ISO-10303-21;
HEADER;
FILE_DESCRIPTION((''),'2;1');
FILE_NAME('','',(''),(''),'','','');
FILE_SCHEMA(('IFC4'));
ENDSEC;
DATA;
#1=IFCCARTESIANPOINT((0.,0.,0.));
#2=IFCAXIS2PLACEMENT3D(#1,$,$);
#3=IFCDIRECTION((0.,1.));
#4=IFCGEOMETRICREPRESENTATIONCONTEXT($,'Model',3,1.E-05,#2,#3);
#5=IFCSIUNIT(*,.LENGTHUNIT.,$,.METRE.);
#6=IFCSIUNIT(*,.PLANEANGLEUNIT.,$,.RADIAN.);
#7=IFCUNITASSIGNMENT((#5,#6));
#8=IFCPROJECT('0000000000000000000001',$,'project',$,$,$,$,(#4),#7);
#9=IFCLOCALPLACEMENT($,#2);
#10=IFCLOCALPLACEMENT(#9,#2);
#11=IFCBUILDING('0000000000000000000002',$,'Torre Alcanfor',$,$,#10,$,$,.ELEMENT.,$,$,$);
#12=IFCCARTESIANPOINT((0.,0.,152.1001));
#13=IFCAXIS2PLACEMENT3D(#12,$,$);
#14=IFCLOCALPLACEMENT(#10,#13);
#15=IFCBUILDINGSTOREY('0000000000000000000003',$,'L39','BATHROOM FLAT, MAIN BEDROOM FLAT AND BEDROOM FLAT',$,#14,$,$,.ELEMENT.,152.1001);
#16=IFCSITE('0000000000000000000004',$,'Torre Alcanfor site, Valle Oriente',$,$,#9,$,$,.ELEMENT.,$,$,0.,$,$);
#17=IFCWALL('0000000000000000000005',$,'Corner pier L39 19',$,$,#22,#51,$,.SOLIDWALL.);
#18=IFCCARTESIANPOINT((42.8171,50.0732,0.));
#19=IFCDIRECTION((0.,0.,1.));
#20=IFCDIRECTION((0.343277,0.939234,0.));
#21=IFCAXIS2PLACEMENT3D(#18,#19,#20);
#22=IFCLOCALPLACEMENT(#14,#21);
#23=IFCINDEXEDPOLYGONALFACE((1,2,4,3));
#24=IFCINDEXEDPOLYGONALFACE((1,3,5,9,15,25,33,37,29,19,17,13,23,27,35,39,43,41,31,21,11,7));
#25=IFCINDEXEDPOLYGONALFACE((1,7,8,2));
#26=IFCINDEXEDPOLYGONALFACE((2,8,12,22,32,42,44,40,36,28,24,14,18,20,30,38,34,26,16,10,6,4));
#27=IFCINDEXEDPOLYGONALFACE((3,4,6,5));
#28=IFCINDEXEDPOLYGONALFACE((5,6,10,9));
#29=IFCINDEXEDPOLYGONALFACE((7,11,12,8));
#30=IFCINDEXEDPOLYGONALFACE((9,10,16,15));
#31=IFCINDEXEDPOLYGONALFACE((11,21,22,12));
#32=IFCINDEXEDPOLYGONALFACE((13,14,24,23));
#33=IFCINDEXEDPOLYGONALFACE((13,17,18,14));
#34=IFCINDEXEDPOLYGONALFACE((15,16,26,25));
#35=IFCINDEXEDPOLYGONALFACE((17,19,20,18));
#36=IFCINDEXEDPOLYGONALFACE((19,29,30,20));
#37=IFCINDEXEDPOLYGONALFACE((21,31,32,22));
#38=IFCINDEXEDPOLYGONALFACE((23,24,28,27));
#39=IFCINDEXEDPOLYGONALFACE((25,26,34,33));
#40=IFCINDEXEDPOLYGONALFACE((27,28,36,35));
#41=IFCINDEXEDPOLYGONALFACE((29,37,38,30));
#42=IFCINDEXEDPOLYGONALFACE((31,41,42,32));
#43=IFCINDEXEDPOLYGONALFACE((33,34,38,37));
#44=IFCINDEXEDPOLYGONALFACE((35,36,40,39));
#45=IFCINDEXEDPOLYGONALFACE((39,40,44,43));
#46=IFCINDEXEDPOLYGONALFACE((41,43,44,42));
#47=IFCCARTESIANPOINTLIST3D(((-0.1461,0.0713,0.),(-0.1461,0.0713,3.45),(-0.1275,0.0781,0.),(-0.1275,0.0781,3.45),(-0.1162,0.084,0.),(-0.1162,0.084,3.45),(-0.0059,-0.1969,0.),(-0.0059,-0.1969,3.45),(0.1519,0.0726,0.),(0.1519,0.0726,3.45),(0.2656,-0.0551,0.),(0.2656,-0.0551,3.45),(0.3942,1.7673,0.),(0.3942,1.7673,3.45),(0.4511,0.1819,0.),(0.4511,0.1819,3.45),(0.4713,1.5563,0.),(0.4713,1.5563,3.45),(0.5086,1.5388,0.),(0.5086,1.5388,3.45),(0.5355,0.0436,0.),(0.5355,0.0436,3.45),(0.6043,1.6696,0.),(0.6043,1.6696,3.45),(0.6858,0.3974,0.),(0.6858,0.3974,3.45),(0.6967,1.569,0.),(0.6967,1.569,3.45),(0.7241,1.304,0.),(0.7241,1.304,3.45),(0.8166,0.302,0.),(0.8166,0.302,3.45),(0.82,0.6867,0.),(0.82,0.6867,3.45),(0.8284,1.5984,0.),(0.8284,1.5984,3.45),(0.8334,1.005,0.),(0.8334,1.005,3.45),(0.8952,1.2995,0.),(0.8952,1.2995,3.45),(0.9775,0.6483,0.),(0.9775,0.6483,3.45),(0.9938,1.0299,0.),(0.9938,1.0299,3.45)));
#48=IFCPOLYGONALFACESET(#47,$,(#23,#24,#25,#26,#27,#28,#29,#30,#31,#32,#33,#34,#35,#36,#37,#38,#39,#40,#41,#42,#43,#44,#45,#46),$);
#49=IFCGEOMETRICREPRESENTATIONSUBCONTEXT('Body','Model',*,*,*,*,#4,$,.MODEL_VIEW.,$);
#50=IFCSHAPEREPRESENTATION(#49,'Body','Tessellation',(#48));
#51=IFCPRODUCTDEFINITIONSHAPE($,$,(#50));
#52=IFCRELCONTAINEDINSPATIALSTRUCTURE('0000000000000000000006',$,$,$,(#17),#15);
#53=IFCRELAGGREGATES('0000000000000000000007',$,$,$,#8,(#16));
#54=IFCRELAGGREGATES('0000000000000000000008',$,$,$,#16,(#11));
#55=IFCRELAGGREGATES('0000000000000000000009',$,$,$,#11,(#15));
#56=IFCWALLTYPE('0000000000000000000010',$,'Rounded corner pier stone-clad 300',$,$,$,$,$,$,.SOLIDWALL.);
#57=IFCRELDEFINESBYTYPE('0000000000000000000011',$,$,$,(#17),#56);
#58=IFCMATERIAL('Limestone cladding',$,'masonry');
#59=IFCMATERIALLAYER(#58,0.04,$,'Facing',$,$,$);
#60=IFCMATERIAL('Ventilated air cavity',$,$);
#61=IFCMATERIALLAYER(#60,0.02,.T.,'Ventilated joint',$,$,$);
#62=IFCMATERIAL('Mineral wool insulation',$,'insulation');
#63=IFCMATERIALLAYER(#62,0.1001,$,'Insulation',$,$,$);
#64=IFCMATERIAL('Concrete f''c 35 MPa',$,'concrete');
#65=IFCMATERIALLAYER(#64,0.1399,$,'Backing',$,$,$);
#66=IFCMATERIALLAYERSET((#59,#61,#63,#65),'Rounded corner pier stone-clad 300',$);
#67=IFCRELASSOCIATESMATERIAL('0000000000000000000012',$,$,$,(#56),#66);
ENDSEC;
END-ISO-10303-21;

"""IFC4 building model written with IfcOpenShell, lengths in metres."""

from ifc_helpers import new_model, si_unit, direction, frame, origin, place, context, subcontext, project, spatial, polyline, outline, extrude, material, layer, layer_set, type_object, element, save


model = new_model("IFC4")

# Units and contexts
model_context = context("Model", 3, precision=1e-05, world=origin(), true_north=direction((0.0, 1.0)))
body_context = subcontext(model_context, "Body", "Model", "MODEL_VIEW")
ifc_project = project(units=[si_unit("LENGTHUNIT", "METRE"), si_unit("PLANEANGLEUNIT", "RADIAN")], contexts=[model_context])

# Site, building, storey
site_placement = place(None, origin())
site = spatial("IfcSite", under=ifc_project, at=site_placement, Name="Torre Alcanfor site, Valle Oriente", CompositionType="ELEMENT", RefElevation=0.0)
building_placement = place(site_placement, origin())
building = spatial("IfcBuilding", under=site, at=building_placement, Name="Torre Alcanfor", CompositionType="ELEMENT")
storey_placement = place(building_placement, frame((0.0, 0.0, 152.1001)))
storey = spatial("IfcBuildingStorey", under=building, at=storey_placement, Name="L39", Description="BATHROOM FLAT, MAIN BEDROOM FLAT AND BEDROOM FLAT", CompositionType="ELEMENT", Elevation=152.1001)

# Shared definitions
ifc_material_1 = material(Name="Limestone cladding", Category="masonry")
ifc_material_2 = material(Name="Ventilated air cavity")
ifc_material_3 = material(Name="Mineral wool insulation", Category="insulation")
ifc_material_4 = material(Name="Concrete f'c 35 MPa", Category="concrete")

# Wall
ifc_layer_1 = layer(ifc_material_1, 0.04, Name="Facing")
ifc_layer_2 = layer(ifc_material_2, 0.02, ventilated=True, Name="Ventilated joint")
ifc_layer_3 = layer(ifc_material_3, 0.1001, Name="Insulation")
ifc_layer_4 = layer(ifc_material_4, 0.1399, Name="Backing")
ifc_layer_set_1 = layer_set([ifc_layer_1, ifc_layer_2, ifc_layer_3, ifc_layer_4], Name="Rounded corner pier stone-clad 300")
wall_type_1 = type_object("IfcWallType", Name="Rounded corner pier stone-clad 300", PredefinedType="SOLIDWALL", material=ifc_layer_set_1)
wall_1_placement = place(storey_placement, frame((42.8171, 50.0732, 0.0), z_axis=(0.0, 0.0, 1.0), x_axis=(0.343277, 0.939234, 0.0)))
element("IfcWall", 1, at=wall_1_placement, inside=storey, type_object=wall_type_1, Name="Corner pier L39 19", PredefinedType="SOLIDWALL", context=body_context, shape_type="SweptSolid", body=[
    extrude(outline(polyline([(0.2656, -0.0551), (0.5355, 0.0436), (0.8166, 0.302), (0.9775, 0.6483), (0.9938, 1.0299), (0.8952, 1.2995), (0.8284, 1.5984), (0.6967, 1.569), (0.6043, 1.6696), (0.3942, 1.7673), (0.4713, 1.5563), (0.5086, 1.5388), (0.7241, 1.304), (0.8334, 1.005), (0.82, 0.6867), (0.6858, 0.3974), (0.4511, 0.1819), (0.1519, 0.0726), (-0.1162, 0.084), (-0.1275, 0.0781), (-0.1461, 0.0713), (-0.0059, -0.1969), (0.2656, -0.0551)])), origin(), (0.0, 0.0, 1.0), 3.45),
])

save(model, "model.ifc")
